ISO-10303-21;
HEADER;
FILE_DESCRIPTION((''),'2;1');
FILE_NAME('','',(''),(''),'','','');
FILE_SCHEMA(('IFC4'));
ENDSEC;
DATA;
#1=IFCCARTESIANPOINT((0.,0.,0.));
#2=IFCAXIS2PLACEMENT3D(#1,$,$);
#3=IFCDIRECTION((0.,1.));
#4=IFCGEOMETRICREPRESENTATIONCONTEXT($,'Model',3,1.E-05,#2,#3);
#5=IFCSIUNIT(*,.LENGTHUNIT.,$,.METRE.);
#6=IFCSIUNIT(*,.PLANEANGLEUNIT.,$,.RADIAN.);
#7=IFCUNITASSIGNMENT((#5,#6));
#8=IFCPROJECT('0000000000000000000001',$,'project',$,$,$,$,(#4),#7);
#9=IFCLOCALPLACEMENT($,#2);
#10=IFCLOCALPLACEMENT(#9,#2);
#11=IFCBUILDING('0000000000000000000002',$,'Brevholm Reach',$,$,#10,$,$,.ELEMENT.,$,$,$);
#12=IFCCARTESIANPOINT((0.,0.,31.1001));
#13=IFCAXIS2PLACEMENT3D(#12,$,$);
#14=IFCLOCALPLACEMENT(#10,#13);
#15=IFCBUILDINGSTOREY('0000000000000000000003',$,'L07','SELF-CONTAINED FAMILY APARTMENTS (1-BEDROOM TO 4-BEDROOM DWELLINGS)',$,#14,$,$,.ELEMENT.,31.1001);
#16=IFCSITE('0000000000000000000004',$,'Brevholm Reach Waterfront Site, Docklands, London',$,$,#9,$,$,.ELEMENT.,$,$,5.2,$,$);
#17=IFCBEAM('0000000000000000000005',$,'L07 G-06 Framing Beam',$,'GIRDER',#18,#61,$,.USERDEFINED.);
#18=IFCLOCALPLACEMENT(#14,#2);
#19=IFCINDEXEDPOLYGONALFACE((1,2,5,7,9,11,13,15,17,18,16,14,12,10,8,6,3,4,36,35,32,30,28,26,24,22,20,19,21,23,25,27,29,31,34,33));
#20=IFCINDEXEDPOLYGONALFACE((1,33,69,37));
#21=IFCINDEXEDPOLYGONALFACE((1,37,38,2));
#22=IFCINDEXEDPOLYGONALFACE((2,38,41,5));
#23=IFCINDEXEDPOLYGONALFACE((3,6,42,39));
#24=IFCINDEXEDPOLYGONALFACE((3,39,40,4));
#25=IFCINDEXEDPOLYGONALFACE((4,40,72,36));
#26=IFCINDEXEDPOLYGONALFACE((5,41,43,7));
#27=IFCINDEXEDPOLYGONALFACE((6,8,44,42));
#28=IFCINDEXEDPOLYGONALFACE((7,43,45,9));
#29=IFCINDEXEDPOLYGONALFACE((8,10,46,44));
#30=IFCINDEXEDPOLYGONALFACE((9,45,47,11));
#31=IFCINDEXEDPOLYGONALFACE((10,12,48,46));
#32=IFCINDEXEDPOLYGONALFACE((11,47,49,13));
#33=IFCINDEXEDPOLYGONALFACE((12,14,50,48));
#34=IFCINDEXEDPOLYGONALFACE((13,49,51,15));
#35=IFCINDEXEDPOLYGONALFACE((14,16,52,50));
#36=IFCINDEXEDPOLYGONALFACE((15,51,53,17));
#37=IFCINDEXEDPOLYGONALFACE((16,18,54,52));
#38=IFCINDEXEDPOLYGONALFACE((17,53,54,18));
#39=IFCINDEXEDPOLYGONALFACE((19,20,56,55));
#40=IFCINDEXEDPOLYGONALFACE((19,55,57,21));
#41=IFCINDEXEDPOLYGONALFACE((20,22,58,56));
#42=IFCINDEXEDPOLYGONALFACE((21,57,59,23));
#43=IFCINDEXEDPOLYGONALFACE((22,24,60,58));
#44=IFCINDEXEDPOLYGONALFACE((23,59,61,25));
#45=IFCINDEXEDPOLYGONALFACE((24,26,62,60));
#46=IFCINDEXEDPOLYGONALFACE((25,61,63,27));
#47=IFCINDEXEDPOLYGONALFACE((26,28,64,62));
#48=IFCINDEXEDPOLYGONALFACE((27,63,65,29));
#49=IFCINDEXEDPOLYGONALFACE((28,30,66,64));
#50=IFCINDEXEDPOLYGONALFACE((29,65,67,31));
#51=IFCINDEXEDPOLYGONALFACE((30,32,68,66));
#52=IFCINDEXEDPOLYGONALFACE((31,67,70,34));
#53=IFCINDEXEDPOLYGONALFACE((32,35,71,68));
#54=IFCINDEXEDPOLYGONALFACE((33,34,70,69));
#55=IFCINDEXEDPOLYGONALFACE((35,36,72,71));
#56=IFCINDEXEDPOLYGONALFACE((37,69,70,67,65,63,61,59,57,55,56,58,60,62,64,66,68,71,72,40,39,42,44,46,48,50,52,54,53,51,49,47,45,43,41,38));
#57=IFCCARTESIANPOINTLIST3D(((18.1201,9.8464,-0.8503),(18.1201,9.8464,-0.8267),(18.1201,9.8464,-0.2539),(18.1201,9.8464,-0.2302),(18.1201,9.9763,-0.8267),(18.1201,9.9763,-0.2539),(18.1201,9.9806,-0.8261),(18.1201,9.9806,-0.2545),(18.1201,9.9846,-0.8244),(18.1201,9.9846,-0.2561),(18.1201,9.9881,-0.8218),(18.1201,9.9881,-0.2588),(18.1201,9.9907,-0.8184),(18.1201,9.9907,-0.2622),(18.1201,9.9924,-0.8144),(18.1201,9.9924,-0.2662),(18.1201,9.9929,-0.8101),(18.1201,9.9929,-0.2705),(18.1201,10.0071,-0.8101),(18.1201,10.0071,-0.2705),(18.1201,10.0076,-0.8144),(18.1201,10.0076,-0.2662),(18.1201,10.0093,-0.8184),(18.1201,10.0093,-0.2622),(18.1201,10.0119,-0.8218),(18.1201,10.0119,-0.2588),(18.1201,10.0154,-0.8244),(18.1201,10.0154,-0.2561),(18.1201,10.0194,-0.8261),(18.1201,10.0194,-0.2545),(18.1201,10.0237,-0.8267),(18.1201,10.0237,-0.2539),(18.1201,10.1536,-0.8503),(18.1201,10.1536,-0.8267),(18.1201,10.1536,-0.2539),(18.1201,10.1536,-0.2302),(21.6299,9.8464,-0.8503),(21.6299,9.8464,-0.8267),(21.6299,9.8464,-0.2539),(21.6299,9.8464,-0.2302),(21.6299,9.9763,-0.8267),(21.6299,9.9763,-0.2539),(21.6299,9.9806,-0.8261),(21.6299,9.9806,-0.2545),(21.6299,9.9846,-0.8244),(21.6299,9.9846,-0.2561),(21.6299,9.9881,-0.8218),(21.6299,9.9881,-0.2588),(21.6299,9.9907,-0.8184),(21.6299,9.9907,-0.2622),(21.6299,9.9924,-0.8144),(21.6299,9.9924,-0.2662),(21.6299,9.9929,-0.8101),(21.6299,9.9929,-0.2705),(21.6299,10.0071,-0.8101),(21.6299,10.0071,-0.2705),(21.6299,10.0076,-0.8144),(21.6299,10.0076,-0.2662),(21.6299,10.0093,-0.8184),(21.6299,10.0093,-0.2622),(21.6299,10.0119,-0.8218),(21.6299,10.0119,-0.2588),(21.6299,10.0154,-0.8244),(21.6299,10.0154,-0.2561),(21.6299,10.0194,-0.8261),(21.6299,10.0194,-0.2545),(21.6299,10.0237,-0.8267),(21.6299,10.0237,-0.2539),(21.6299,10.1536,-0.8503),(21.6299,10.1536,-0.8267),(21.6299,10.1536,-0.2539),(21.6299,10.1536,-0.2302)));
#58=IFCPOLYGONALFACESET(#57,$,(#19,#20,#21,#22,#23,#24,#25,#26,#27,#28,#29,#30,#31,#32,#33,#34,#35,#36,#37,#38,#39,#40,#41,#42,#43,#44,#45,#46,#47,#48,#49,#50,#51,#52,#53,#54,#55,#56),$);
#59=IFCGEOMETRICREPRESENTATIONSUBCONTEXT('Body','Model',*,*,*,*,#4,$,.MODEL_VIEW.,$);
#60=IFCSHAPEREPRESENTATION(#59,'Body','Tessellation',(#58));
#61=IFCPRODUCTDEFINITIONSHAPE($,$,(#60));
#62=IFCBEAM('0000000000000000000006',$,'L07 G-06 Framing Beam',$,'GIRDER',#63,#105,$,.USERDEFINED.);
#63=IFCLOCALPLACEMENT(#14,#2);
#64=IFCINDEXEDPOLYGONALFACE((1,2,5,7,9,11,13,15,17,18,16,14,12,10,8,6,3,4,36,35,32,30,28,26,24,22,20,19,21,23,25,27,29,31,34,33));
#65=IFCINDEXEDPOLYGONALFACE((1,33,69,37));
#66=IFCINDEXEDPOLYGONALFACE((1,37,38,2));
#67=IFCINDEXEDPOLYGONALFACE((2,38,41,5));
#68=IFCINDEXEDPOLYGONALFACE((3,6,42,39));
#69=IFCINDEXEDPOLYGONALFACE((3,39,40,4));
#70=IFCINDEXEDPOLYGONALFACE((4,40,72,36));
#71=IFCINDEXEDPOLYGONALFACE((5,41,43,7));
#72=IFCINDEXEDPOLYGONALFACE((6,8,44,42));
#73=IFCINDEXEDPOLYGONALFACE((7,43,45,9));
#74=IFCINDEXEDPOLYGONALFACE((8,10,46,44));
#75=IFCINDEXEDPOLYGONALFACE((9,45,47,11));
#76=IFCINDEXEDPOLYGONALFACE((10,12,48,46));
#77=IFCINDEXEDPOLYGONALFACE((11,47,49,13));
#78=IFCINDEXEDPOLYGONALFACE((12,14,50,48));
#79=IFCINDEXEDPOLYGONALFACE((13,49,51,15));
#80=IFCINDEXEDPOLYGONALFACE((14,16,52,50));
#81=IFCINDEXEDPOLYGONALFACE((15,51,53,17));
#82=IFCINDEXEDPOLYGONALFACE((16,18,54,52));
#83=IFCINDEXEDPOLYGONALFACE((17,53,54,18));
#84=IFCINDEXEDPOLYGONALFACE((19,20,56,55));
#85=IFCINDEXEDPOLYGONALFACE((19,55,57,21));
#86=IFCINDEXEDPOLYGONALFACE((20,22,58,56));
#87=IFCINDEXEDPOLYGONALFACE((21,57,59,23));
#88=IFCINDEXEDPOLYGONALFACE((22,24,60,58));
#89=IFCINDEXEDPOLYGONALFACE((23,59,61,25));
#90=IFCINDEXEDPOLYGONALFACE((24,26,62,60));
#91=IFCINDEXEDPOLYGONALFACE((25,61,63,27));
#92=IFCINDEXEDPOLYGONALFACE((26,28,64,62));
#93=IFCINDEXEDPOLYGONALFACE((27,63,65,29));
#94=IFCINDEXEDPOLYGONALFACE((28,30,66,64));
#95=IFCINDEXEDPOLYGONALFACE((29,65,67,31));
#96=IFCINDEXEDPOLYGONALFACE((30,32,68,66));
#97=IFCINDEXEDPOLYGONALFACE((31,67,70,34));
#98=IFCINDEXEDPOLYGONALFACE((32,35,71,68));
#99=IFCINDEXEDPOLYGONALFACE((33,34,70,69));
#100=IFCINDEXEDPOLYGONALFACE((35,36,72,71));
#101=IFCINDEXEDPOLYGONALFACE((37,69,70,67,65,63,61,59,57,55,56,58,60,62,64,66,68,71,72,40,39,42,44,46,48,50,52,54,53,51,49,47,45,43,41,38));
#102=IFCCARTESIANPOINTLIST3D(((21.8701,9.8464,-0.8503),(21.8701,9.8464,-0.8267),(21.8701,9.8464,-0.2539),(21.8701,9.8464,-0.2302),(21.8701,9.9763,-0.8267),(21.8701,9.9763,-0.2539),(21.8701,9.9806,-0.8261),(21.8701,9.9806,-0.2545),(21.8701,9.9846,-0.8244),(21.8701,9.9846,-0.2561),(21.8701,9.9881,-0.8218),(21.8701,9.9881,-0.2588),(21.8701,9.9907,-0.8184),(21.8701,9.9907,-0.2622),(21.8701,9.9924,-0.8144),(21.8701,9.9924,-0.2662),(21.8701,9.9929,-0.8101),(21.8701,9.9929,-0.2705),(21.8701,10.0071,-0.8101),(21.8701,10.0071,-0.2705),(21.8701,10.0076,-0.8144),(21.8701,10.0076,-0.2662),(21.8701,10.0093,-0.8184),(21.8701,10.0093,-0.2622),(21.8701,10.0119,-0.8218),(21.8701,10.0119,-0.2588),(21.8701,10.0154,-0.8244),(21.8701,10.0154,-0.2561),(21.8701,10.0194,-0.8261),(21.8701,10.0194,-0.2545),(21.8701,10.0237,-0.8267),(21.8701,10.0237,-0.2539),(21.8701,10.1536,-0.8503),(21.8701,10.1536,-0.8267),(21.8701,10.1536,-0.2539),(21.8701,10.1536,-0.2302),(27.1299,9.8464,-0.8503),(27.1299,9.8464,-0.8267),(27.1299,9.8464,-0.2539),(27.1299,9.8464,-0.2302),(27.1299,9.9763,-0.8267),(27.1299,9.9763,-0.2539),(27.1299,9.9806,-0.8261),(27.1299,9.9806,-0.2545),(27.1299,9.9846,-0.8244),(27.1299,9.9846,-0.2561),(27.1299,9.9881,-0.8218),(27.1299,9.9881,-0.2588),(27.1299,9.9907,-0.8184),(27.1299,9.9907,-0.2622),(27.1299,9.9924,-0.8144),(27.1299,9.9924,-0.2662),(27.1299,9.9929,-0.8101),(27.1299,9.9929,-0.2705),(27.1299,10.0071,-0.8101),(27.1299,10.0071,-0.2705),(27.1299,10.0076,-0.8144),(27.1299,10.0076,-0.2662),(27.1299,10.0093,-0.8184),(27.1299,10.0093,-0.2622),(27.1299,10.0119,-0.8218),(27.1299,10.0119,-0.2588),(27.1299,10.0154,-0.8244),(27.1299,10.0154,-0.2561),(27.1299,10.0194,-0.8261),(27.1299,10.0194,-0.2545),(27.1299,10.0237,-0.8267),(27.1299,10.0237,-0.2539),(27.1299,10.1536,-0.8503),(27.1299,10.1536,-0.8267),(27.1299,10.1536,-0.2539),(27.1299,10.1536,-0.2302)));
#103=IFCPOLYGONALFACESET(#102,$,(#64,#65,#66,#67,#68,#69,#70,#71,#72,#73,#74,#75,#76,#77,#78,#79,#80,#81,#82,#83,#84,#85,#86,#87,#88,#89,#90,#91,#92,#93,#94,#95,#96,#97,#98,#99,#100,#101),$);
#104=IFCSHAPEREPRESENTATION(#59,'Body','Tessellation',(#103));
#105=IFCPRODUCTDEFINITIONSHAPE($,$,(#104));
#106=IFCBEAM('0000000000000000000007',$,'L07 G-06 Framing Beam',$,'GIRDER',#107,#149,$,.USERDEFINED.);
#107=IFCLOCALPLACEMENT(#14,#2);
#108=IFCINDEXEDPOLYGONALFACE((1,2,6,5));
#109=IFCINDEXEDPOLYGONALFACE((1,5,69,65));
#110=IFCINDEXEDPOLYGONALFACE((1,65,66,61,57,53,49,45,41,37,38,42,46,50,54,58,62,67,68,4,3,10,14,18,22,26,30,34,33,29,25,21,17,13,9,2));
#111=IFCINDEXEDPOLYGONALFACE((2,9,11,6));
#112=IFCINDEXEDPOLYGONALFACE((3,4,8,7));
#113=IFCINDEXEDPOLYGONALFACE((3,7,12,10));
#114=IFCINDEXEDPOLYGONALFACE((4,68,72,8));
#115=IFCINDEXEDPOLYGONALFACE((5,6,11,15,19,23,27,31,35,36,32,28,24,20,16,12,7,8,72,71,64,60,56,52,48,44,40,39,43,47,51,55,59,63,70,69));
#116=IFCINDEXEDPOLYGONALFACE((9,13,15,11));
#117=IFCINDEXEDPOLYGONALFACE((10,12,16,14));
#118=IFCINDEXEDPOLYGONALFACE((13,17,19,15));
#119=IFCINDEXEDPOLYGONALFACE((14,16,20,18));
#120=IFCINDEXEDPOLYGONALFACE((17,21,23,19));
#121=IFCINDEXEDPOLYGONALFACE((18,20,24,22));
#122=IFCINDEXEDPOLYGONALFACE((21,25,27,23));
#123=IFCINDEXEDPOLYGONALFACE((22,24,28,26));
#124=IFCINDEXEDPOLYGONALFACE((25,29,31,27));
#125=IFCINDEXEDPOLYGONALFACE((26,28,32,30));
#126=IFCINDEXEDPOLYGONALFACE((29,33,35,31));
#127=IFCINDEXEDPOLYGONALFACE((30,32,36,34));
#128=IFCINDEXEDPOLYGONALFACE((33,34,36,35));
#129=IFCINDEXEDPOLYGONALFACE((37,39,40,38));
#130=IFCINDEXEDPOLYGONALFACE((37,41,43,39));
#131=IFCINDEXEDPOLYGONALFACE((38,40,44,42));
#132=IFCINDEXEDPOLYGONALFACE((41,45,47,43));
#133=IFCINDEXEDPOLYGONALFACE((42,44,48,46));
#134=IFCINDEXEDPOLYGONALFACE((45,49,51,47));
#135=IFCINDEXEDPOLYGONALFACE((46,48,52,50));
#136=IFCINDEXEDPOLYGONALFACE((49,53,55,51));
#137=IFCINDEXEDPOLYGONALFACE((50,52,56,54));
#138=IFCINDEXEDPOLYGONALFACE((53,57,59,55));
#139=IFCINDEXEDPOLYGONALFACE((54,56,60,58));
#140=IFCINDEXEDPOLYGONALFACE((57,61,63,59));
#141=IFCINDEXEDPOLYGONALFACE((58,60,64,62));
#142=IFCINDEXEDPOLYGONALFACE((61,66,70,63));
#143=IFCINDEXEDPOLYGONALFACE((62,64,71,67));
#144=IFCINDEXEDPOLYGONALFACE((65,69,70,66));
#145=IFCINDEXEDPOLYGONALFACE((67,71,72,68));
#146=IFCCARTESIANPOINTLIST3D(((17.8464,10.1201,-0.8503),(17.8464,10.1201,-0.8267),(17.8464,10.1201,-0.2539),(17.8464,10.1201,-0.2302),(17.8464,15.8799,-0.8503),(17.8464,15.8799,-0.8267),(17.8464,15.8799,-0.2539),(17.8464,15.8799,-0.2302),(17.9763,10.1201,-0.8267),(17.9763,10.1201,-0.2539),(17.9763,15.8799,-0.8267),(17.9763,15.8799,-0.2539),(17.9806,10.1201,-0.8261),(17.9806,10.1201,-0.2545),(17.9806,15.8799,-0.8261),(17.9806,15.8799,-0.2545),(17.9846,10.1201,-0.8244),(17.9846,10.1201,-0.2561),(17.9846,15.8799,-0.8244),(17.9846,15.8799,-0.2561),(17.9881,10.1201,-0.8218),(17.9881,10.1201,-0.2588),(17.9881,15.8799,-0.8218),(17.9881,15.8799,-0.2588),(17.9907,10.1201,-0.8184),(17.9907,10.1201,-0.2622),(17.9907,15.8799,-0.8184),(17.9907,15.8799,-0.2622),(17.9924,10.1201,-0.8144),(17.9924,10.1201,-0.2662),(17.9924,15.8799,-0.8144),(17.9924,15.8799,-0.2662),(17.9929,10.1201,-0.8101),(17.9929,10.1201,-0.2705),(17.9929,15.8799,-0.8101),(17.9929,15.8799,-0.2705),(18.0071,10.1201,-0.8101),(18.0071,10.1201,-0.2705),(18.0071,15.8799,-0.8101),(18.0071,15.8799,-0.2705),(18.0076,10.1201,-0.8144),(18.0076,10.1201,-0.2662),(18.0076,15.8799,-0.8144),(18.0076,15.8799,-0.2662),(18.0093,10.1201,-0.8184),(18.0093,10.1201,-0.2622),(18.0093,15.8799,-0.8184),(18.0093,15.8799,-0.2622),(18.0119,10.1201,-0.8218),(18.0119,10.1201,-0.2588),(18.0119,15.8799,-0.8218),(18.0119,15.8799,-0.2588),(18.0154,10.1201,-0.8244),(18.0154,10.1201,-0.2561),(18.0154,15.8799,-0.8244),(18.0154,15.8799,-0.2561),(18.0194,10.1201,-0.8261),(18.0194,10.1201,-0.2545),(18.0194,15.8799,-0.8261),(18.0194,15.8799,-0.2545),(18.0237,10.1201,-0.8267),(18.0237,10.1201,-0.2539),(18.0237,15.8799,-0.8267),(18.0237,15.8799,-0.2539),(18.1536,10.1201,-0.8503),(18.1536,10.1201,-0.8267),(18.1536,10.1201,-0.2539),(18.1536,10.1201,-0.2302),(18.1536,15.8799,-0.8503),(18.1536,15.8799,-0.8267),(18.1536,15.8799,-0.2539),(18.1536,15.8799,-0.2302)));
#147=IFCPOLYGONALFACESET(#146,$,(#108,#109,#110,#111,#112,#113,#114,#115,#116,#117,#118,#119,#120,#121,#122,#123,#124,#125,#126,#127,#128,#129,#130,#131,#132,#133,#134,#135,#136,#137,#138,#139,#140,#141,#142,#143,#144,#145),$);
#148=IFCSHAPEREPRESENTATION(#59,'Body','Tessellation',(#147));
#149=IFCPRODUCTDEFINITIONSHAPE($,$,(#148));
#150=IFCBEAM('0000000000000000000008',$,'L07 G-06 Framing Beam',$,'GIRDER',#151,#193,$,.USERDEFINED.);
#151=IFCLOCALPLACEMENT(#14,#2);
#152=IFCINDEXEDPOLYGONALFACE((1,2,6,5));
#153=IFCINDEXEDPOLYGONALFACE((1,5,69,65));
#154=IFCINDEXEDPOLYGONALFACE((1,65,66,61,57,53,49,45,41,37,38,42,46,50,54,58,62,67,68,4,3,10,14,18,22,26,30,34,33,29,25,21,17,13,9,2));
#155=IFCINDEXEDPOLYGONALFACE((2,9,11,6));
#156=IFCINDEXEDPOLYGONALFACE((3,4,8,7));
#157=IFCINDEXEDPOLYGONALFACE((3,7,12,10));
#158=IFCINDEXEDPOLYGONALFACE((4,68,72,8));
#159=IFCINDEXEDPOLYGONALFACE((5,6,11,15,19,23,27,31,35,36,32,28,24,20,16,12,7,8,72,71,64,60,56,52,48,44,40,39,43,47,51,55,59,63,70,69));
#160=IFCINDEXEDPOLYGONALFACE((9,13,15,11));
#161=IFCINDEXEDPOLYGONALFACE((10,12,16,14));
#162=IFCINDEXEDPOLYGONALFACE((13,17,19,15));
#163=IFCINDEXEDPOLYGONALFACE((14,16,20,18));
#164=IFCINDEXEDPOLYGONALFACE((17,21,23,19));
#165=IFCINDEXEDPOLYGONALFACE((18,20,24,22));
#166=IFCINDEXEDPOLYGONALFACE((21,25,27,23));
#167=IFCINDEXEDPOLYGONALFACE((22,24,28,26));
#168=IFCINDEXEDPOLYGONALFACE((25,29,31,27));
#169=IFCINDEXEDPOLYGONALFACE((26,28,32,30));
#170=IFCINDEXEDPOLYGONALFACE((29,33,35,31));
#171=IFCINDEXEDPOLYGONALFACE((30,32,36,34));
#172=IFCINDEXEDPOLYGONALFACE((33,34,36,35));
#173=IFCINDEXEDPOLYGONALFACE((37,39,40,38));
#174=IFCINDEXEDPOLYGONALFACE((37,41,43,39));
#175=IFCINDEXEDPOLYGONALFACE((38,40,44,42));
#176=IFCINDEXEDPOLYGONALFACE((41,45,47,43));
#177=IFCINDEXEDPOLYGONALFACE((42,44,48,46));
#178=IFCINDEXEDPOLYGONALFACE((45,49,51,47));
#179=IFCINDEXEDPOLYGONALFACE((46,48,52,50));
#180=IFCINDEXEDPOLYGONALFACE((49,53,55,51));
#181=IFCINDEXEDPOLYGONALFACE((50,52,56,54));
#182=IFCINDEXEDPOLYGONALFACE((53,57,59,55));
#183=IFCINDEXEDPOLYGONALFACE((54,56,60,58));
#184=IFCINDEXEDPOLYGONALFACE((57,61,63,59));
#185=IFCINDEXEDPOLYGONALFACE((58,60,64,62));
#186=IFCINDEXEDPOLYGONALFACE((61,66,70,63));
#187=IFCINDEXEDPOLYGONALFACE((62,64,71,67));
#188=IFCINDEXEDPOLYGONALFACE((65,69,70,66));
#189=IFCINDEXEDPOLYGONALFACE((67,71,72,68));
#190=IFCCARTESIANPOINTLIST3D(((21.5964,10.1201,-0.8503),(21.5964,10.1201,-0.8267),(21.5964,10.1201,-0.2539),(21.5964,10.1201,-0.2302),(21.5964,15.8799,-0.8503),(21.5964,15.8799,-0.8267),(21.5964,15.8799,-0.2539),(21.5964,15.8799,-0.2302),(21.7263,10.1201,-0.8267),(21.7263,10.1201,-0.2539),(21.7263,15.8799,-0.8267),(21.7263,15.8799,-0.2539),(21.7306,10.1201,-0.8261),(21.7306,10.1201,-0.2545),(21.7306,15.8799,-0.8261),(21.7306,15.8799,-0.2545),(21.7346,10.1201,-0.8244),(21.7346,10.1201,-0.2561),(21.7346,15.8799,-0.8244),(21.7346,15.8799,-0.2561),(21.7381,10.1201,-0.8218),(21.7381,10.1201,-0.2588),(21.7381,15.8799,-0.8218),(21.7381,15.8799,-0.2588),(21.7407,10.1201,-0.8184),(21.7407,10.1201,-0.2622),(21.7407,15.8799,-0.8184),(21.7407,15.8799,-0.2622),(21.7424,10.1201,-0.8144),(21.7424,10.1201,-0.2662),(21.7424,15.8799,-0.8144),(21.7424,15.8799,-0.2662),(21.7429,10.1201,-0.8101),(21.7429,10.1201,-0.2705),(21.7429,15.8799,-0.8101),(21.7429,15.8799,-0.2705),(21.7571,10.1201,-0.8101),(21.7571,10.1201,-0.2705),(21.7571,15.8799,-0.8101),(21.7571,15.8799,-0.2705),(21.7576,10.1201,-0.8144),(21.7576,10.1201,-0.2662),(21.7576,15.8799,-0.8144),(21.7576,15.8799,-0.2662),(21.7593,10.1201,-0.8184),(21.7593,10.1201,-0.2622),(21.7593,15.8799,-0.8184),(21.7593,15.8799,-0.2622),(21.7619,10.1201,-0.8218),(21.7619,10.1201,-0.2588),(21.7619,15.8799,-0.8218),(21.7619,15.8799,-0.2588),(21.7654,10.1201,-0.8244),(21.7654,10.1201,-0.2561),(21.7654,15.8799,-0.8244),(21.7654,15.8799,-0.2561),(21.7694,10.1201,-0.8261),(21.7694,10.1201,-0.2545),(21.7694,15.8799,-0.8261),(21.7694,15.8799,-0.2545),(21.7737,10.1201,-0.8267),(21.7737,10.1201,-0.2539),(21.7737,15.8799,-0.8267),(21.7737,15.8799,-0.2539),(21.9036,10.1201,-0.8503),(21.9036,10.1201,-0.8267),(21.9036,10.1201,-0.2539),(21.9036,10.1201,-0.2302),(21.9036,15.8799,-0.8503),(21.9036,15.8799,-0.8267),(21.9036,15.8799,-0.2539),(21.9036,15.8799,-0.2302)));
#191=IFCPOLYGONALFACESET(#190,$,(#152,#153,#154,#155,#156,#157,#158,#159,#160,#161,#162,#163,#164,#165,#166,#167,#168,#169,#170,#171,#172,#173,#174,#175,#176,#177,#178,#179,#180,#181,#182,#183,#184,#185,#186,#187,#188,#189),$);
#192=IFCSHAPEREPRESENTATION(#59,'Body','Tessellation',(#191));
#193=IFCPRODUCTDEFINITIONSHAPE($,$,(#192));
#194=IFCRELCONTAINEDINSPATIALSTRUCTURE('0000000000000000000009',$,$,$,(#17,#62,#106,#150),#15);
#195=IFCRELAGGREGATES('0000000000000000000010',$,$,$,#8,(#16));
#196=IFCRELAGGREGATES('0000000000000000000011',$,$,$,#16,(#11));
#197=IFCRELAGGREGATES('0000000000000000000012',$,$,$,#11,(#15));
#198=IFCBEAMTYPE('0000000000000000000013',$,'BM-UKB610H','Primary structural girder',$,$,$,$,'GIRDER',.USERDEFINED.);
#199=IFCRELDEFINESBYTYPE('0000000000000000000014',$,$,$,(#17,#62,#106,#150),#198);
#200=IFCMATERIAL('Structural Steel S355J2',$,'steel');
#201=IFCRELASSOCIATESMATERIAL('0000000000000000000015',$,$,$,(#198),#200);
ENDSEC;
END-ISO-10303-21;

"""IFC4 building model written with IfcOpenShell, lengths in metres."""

from ifc_helpers import new_model, si_unit, direction, frame, origin, origin_2d, place, context, subcontext, project, spatial, i_section, extrude, material, material_profile, profile_set, type_object, element, save


model = new_model("IFC4")

# Units and contexts
model_context = context("Model", 3, precision=1e-05, world=origin(), true_north=direction((0.0, 1.0)))
body_context = subcontext(model_context, "Body", "Model", "MODEL_VIEW")
ifc_project = project(units=[si_unit("LENGTHUNIT", "METRE"), si_unit("PLANEANGLEUNIT", "RADIAN")], contexts=[model_context])

# Site, building, storey
site_placement = place(None, origin())
site = spatial("IfcSite", under=ifc_project, at=site_placement, Name="Brevholm Reach Waterfront Site, Docklands, London", CompositionType="ELEMENT", RefElevation=5.2)
building_placement = place(site_placement, origin())
building = spatial("IfcBuilding", under=site, at=building_placement, Name="Brevholm Reach", CompositionType="ELEMENT")
storey_placement = place(building_placement, frame((0.0, 0.0, 31.1001)))
storey = spatial("IfcBuildingStorey", under=building, at=storey_placement, Name="L07", Description="SELF-CONTAINED FAMILY APARTMENTS (1-BEDROOM TO 4-BEDROOM DWELLINGS)", CompositionType="ELEMENT", Elevation=31.1001)

# Beams
ifc_material_1 = material(Name="Structural Steel S355J2", Category="steel")
ifc_material_profile_1 = material_profile(ifc_material_1, i_section(OverallWidth=0.3071, OverallDepth=0.6201, WebThickness=0.0142, FlangeThickness=0.0237, FilletRadius=0.0166, at=origin_2d()), Name="UKB 610x305x179")
ifc_profile_set_1 = profile_set([ifc_material_profile_1], Name="Structural Steel S355J2")
beam_type_1 = type_object("IfcBeamType", Name="BM-UKB610H", Description="Primary structural girder", ElementType="GIRDER", PredefinedType="USERDEFINED", material=ifc_profile_set_1)
beam_1_placement = place(storey_placement, frame((18.1201, 10.0, -0.5403), z_axis=(1.0, 0.0, 0.0), x_axis=(0.0, 1.0, 0.0)))
element("IfcBeam", 1, at=beam_1_placement, inside=storey, type_object=beam_type_1, Name="L07 G-06 Framing Beam", ObjectType="GIRDER", PredefinedType="USERDEFINED", context=body_context, shape_type="SweptSolid", body=[
    extrude(i_section(OverallWidth=0.3071, OverallDepth=0.6201, WebThickness=0.0142, FlangeThickness=0.0237, FilletRadius=0.0166, at=origin_2d()), origin(), (0.0, 0.0, 1.0), 3.5098),
])
beam_2_placement = place(storey_placement, frame((21.8701, 10.0, -0.5403), z_axis=(1.0, 0.0, 0.0), x_axis=(0.0, 1.0, 0.0)))
element("IfcBeam", 2, at=beam_2_placement, inside=storey, type_object=beam_type_1, Name="L07 G-06 Framing Beam", ObjectType="GIRDER", PredefinedType="USERDEFINED", context=body_context, shape_type="SweptSolid", body=[
    extrude(i_section(OverallWidth=0.3071, OverallDepth=0.6201, WebThickness=0.0142, FlangeThickness=0.0237, FilletRadius=0.0166, at=origin_2d()), origin(), (0.0, 0.0, 1.0), 5.2598),
])
for number, where, z_axis, x_axis, name in (
    (3, (18.0, 10.1201, -0.5403), (0.0, 1.0, 0.0), (-1.0, 0.0, 0.0), "L07 G-06 Framing Beam"),
    (4, (21.75, 10.1201, -0.5403), (0.0, 1.0, 0.0), (-1.0, 0.0, 0.0), "L07 G-06 Framing Beam"),
):
    element("IfcBeam", number, at=place(storey_placement, frame(where, z_axis=z_axis, x_axis=x_axis)), inside=storey, type_object=beam_type_1, Name=name, ObjectType="GIRDER", PredefinedType="USERDEFINED", context=body_context, shape_type="SweptSolid", body=[
        extrude(i_section(OverallWidth=0.3071, OverallDepth=0.6201, WebThickness=0.0142, FlangeThickness=0.0237, FilletRadius=0.0166, at=origin_2d()), origin(), (0.0, 0.0, 1.0), 5.7598),
    ])

save(model, "model.ifc")
